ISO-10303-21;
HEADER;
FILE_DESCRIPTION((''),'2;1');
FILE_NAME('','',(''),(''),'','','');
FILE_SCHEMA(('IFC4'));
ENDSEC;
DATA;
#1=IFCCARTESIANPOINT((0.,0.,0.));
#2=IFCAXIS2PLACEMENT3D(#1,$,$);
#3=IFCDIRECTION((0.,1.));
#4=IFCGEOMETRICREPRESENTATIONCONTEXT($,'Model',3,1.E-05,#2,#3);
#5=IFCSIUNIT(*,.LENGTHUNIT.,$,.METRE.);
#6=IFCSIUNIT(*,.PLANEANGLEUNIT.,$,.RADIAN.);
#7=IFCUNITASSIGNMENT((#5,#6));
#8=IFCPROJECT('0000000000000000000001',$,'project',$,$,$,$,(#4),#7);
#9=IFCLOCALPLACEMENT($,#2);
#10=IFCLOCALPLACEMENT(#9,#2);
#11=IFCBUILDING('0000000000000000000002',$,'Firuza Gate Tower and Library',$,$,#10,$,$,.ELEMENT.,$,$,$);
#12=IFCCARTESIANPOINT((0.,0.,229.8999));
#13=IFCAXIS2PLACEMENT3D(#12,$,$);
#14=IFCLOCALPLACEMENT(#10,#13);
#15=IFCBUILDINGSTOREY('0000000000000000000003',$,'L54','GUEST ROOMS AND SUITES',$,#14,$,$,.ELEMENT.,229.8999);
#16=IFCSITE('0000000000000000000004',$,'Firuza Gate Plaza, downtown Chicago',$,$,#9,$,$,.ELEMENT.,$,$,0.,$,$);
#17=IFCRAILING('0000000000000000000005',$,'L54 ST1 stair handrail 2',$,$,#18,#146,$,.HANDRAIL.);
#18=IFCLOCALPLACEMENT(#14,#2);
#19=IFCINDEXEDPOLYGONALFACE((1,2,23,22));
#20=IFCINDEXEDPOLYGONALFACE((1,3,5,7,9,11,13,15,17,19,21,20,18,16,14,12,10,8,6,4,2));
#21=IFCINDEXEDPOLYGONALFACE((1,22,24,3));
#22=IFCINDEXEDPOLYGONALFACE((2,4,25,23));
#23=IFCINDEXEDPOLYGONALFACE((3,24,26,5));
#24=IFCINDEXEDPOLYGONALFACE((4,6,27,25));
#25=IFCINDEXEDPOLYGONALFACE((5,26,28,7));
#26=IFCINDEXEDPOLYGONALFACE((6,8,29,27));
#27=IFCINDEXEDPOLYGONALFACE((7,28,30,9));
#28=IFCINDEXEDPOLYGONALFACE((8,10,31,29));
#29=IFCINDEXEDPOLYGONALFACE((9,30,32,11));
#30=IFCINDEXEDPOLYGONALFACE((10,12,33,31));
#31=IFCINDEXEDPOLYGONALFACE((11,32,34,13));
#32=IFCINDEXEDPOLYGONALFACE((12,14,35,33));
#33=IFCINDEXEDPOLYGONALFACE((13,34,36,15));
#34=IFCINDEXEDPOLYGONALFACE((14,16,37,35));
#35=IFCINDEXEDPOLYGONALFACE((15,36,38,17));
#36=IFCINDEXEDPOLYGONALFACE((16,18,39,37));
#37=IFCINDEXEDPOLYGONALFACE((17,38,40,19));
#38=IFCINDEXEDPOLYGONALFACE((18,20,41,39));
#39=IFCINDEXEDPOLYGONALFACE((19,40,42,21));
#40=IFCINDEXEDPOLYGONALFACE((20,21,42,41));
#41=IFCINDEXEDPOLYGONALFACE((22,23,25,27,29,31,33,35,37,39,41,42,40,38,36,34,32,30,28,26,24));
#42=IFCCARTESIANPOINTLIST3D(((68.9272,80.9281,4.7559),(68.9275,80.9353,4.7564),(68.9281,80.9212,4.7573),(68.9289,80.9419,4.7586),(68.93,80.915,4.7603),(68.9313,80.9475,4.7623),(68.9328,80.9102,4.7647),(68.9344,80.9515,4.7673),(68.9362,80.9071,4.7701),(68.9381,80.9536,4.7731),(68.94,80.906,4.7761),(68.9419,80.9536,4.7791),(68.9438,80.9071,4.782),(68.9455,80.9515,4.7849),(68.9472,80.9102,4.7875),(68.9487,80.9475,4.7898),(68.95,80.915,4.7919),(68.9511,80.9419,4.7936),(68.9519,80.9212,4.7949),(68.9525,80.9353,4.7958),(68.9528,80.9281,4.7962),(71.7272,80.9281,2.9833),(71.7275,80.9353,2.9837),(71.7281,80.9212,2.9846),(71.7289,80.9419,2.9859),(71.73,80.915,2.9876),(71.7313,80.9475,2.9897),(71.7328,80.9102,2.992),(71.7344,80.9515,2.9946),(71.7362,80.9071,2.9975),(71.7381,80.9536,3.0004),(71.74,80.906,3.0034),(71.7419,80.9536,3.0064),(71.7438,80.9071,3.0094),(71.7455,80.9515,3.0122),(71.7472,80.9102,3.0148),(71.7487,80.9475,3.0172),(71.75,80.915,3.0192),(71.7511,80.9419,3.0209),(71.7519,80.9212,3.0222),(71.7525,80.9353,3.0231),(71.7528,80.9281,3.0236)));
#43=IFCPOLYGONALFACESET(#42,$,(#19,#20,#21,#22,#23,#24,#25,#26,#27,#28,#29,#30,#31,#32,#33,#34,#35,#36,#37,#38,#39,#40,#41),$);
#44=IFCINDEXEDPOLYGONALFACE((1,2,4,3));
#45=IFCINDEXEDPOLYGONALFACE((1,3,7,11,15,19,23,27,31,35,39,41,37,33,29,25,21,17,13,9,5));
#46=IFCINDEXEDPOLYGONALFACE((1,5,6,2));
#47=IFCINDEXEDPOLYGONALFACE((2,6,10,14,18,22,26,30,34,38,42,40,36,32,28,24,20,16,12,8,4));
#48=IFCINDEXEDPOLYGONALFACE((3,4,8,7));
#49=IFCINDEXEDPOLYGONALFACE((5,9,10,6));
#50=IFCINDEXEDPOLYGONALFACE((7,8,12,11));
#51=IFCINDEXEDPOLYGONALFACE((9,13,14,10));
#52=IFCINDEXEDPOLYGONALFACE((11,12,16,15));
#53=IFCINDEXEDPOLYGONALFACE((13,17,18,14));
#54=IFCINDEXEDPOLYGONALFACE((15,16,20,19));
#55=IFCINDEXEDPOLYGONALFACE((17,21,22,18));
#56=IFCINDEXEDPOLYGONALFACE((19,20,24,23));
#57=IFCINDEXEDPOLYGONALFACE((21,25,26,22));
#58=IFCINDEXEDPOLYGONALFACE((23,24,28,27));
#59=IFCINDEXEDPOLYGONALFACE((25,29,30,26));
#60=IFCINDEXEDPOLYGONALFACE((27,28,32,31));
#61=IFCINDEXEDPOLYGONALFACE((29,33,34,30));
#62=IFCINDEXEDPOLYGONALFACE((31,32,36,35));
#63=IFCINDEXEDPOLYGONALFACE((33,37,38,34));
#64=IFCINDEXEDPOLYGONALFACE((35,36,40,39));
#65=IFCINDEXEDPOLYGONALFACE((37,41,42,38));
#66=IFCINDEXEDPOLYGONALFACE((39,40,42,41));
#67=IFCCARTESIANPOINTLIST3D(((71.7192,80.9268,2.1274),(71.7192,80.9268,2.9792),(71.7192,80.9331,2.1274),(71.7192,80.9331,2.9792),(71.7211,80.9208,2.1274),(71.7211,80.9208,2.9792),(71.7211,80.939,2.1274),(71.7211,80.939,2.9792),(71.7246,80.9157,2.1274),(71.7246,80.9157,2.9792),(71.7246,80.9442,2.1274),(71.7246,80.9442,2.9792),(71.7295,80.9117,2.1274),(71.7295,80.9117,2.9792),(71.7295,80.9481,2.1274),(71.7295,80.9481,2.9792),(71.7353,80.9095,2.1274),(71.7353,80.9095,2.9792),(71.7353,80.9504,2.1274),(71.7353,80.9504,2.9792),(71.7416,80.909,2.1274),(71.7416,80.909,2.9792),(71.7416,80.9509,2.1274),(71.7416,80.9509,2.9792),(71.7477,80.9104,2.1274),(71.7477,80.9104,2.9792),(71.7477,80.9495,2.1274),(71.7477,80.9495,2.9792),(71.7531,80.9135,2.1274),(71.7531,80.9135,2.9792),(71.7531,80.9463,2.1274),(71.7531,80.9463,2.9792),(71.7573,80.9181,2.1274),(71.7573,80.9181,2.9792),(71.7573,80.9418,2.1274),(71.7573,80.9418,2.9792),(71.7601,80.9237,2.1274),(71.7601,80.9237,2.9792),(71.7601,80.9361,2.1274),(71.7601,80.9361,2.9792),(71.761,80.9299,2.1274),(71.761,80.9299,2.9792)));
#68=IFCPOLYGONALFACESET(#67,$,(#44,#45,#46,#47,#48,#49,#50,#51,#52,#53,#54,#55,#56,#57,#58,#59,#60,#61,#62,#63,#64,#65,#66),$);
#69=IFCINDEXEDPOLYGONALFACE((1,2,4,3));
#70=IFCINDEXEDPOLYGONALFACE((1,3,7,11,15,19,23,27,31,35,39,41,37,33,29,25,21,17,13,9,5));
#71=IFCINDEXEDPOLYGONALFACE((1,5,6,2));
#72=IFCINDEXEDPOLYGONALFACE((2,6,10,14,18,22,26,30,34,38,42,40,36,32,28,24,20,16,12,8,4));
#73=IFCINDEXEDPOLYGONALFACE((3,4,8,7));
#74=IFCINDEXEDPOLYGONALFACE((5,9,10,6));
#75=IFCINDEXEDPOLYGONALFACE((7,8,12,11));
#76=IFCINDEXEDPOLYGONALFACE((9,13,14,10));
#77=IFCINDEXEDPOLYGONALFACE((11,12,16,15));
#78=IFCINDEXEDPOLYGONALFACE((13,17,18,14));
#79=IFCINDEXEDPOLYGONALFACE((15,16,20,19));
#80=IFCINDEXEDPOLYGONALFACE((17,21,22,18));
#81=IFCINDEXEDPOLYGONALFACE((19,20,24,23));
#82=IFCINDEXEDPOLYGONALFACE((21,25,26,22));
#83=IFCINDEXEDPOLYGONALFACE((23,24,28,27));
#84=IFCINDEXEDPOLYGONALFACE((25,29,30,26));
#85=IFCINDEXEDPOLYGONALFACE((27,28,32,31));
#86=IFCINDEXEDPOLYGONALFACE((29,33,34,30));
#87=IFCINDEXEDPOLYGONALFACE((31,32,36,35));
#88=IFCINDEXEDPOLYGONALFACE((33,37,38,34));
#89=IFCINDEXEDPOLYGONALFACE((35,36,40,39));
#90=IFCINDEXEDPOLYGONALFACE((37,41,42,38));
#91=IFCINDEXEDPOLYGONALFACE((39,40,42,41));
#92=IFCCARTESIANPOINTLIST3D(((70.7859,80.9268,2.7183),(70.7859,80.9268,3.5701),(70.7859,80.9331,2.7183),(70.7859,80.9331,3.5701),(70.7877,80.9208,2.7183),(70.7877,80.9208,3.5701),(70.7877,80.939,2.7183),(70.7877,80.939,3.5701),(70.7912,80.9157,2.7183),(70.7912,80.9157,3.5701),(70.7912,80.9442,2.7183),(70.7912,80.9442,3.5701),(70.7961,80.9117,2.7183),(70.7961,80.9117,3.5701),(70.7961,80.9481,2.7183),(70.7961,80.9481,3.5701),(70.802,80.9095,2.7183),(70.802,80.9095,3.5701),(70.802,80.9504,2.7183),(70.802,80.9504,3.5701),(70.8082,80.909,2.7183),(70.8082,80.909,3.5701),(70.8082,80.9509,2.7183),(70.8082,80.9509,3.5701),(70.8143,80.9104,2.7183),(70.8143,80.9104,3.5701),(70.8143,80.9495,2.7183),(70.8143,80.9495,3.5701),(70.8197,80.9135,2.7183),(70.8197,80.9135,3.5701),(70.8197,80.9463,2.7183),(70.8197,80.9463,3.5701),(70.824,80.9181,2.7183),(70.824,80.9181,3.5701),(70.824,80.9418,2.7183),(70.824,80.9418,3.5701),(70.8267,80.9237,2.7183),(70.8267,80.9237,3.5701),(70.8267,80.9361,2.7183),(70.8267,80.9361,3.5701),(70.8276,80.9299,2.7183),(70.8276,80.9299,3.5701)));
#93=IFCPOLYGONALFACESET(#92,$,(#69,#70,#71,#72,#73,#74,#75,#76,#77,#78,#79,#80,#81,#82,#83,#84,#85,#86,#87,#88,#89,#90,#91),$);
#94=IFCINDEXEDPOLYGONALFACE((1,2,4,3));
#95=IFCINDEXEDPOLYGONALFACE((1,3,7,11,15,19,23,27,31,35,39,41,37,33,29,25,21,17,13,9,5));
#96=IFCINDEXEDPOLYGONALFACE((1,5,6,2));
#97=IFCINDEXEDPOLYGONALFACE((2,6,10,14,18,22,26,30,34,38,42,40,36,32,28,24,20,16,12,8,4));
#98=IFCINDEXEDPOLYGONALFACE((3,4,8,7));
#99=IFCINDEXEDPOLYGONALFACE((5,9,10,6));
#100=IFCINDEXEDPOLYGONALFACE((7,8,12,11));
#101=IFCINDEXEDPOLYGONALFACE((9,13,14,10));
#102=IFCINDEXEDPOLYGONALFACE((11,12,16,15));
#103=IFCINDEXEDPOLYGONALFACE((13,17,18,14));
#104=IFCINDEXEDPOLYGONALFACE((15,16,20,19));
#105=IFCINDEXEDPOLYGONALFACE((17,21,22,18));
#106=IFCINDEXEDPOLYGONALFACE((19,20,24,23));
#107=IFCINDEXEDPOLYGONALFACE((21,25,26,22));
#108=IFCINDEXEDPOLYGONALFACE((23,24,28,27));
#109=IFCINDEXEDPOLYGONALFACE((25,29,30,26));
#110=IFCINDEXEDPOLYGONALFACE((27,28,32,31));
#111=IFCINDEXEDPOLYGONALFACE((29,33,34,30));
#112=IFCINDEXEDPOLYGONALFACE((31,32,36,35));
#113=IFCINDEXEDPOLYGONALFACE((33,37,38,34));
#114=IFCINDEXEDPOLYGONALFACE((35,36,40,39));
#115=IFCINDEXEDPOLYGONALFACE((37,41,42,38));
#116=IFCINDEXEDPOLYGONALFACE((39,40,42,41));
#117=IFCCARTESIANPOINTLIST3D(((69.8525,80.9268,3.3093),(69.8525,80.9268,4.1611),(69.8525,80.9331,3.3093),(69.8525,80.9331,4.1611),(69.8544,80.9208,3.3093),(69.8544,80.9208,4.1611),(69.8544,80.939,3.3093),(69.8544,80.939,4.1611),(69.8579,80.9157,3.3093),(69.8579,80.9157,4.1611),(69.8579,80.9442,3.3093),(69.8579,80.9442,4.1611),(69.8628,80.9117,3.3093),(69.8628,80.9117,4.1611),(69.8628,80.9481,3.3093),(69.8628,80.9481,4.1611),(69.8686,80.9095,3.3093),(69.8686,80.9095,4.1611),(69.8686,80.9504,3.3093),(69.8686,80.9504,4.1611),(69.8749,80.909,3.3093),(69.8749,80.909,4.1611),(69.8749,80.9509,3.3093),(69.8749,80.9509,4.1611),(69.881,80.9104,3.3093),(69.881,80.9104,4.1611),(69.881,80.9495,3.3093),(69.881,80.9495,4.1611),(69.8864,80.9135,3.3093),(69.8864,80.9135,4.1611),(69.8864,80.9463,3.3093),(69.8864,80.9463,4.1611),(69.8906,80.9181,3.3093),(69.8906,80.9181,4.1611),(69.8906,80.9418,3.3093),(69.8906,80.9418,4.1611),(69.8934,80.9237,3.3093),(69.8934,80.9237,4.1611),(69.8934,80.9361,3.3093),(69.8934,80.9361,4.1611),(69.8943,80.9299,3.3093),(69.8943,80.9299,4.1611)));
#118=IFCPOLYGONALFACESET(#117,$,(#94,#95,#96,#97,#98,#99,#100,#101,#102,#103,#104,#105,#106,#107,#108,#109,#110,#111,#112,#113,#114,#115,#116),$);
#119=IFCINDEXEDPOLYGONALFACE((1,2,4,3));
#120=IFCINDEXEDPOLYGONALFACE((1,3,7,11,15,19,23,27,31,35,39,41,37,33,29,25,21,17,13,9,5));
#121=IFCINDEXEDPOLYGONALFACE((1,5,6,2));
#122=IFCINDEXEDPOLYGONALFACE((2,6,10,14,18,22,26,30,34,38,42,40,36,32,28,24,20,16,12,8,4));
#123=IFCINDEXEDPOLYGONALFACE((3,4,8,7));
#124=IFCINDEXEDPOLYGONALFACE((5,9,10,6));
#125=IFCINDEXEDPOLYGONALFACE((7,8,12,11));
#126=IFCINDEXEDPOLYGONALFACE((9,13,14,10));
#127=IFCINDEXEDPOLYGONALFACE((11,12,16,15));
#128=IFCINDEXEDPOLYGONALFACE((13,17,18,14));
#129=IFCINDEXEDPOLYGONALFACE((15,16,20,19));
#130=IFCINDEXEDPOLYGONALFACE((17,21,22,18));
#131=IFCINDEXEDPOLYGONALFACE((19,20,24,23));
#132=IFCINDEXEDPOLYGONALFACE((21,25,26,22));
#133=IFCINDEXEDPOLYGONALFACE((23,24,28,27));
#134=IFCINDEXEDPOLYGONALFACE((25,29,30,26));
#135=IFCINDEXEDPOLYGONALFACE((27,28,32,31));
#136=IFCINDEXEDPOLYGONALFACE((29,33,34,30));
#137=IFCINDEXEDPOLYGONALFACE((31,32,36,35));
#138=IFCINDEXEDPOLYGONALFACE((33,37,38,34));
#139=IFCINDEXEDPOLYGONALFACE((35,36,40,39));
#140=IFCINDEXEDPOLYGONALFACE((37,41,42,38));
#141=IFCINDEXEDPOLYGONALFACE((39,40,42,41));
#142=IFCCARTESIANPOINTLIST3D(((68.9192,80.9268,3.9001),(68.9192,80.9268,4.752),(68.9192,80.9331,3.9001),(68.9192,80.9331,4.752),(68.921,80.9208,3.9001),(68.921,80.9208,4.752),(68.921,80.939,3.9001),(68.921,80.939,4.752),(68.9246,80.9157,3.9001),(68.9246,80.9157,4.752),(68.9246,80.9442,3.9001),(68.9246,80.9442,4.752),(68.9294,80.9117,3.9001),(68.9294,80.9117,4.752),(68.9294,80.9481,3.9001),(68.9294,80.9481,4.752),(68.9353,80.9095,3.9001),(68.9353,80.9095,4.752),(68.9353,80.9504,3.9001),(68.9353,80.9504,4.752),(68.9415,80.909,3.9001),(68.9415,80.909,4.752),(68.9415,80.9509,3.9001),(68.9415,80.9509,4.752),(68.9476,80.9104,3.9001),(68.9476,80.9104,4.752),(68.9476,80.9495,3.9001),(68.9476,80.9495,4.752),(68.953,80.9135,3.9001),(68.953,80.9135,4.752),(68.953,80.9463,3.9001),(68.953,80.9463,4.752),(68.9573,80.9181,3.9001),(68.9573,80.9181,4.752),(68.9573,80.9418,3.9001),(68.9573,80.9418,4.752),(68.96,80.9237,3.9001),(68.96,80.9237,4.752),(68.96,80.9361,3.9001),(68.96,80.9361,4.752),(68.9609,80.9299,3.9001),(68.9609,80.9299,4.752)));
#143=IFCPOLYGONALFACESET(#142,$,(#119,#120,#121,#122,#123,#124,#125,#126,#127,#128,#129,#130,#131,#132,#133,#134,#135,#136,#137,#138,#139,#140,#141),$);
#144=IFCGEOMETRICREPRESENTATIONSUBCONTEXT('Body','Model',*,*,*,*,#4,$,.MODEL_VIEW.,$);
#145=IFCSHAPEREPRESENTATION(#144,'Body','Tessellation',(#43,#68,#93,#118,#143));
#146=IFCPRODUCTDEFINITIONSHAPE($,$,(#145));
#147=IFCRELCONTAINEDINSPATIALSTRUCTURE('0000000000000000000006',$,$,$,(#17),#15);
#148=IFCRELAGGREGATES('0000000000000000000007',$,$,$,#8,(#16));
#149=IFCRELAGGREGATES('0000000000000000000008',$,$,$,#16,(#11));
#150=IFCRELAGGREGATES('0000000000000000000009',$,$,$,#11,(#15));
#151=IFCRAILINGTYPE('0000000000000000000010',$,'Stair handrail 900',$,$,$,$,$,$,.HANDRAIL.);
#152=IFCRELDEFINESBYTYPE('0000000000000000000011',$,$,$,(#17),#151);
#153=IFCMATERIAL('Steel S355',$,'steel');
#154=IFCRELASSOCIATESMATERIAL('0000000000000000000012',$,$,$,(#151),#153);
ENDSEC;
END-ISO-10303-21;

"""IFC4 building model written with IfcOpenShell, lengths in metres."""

from ifc_helpers import new_model, si_unit, direction, frame, origin, origin_2d, place, context, subcontext, project, spatial, circle, extrude, material, type_object, element, save


model = new_model("IFC4")

# Units and contexts
model_context = context("Model", 3, precision=1e-05, world=origin(), true_north=direction((0.0, 1.0)))
body_context = subcontext(model_context, "Body", "Model", "MODEL_VIEW")
ifc_project = project(units=[si_unit("LENGTHUNIT", "METRE"), si_unit("PLANEANGLEUNIT", "RADIAN")], contexts=[model_context])

# Site, building, storey
site_placement = place(None, origin())
site = spatial("IfcSite", under=ifc_project, at=site_placement, Name="Firuza Gate Plaza, downtown Chicago", CompositionType="ELEMENT", RefElevation=0.0)
building_placement = place(site_placement, origin())
building = spatial("IfcBuilding", under=site, at=building_placement, Name="Firuza Gate Tower and Library", CompositionType="ELEMENT")
storey_placement = place(building_placement, frame((0.0, 0.0, 229.8999)))
storey = spatial("IfcBuildingStorey", under=building, at=storey_placement, Name="L54", Description="GUEST ROOMS AND SUITES", CompositionType="ELEMENT", Elevation=229.8999)

# Railing
ifc_material_1 = material(Name="Steel S355", Category="steel")
railing_type_1 = type_object("IfcRailingType", Name="Stair handrail 900", PredefinedType="HANDRAIL", material=ifc_material_1)
railing_1_placement = place(storey_placement, frame((71.74, 80.9299, 2.1274)))
element("IfcRailing", 1, at=railing_1_placement, inside=storey, type_object=railing_type_1, Name="L54 ST1 stair handrail 2", PredefinedType="HANDRAIL", context=body_context, shape_type="SweptSolid", body=[
    extrude(circle(Radius=0.0239, at=origin_2d()), frame((0.0, 0.0, 0.876), z_axis=(-0.844909, 0.0, 0.53491), x_axis=(0.0, -1.0, 0.0)), (0.0, 0.0, 1.0), 3.314),
    extrude(circle(Radius=0.021, at=origin_2d()), origin(), (0.0, 0.0, 1.0), 0.8518),
    extrude(circle(Radius=0.021, at=origin_2d()), frame((-0.9333, 0.0, 0.5908)), (0.0, 0.0, 1.0), 0.8518),
    extrude(circle(Radius=0.021, at=origin_2d()), frame((-1.8667, 0.0, 1.1819)), (0.0, 0.0, 1.0), 0.8518),
    extrude(circle(Radius=0.021, at=origin_2d()), frame((-2.8, 0.0, 1.7727)), (0.0, 0.0, 1.0), 0.8518),
])

save(model, "model.ifc")
